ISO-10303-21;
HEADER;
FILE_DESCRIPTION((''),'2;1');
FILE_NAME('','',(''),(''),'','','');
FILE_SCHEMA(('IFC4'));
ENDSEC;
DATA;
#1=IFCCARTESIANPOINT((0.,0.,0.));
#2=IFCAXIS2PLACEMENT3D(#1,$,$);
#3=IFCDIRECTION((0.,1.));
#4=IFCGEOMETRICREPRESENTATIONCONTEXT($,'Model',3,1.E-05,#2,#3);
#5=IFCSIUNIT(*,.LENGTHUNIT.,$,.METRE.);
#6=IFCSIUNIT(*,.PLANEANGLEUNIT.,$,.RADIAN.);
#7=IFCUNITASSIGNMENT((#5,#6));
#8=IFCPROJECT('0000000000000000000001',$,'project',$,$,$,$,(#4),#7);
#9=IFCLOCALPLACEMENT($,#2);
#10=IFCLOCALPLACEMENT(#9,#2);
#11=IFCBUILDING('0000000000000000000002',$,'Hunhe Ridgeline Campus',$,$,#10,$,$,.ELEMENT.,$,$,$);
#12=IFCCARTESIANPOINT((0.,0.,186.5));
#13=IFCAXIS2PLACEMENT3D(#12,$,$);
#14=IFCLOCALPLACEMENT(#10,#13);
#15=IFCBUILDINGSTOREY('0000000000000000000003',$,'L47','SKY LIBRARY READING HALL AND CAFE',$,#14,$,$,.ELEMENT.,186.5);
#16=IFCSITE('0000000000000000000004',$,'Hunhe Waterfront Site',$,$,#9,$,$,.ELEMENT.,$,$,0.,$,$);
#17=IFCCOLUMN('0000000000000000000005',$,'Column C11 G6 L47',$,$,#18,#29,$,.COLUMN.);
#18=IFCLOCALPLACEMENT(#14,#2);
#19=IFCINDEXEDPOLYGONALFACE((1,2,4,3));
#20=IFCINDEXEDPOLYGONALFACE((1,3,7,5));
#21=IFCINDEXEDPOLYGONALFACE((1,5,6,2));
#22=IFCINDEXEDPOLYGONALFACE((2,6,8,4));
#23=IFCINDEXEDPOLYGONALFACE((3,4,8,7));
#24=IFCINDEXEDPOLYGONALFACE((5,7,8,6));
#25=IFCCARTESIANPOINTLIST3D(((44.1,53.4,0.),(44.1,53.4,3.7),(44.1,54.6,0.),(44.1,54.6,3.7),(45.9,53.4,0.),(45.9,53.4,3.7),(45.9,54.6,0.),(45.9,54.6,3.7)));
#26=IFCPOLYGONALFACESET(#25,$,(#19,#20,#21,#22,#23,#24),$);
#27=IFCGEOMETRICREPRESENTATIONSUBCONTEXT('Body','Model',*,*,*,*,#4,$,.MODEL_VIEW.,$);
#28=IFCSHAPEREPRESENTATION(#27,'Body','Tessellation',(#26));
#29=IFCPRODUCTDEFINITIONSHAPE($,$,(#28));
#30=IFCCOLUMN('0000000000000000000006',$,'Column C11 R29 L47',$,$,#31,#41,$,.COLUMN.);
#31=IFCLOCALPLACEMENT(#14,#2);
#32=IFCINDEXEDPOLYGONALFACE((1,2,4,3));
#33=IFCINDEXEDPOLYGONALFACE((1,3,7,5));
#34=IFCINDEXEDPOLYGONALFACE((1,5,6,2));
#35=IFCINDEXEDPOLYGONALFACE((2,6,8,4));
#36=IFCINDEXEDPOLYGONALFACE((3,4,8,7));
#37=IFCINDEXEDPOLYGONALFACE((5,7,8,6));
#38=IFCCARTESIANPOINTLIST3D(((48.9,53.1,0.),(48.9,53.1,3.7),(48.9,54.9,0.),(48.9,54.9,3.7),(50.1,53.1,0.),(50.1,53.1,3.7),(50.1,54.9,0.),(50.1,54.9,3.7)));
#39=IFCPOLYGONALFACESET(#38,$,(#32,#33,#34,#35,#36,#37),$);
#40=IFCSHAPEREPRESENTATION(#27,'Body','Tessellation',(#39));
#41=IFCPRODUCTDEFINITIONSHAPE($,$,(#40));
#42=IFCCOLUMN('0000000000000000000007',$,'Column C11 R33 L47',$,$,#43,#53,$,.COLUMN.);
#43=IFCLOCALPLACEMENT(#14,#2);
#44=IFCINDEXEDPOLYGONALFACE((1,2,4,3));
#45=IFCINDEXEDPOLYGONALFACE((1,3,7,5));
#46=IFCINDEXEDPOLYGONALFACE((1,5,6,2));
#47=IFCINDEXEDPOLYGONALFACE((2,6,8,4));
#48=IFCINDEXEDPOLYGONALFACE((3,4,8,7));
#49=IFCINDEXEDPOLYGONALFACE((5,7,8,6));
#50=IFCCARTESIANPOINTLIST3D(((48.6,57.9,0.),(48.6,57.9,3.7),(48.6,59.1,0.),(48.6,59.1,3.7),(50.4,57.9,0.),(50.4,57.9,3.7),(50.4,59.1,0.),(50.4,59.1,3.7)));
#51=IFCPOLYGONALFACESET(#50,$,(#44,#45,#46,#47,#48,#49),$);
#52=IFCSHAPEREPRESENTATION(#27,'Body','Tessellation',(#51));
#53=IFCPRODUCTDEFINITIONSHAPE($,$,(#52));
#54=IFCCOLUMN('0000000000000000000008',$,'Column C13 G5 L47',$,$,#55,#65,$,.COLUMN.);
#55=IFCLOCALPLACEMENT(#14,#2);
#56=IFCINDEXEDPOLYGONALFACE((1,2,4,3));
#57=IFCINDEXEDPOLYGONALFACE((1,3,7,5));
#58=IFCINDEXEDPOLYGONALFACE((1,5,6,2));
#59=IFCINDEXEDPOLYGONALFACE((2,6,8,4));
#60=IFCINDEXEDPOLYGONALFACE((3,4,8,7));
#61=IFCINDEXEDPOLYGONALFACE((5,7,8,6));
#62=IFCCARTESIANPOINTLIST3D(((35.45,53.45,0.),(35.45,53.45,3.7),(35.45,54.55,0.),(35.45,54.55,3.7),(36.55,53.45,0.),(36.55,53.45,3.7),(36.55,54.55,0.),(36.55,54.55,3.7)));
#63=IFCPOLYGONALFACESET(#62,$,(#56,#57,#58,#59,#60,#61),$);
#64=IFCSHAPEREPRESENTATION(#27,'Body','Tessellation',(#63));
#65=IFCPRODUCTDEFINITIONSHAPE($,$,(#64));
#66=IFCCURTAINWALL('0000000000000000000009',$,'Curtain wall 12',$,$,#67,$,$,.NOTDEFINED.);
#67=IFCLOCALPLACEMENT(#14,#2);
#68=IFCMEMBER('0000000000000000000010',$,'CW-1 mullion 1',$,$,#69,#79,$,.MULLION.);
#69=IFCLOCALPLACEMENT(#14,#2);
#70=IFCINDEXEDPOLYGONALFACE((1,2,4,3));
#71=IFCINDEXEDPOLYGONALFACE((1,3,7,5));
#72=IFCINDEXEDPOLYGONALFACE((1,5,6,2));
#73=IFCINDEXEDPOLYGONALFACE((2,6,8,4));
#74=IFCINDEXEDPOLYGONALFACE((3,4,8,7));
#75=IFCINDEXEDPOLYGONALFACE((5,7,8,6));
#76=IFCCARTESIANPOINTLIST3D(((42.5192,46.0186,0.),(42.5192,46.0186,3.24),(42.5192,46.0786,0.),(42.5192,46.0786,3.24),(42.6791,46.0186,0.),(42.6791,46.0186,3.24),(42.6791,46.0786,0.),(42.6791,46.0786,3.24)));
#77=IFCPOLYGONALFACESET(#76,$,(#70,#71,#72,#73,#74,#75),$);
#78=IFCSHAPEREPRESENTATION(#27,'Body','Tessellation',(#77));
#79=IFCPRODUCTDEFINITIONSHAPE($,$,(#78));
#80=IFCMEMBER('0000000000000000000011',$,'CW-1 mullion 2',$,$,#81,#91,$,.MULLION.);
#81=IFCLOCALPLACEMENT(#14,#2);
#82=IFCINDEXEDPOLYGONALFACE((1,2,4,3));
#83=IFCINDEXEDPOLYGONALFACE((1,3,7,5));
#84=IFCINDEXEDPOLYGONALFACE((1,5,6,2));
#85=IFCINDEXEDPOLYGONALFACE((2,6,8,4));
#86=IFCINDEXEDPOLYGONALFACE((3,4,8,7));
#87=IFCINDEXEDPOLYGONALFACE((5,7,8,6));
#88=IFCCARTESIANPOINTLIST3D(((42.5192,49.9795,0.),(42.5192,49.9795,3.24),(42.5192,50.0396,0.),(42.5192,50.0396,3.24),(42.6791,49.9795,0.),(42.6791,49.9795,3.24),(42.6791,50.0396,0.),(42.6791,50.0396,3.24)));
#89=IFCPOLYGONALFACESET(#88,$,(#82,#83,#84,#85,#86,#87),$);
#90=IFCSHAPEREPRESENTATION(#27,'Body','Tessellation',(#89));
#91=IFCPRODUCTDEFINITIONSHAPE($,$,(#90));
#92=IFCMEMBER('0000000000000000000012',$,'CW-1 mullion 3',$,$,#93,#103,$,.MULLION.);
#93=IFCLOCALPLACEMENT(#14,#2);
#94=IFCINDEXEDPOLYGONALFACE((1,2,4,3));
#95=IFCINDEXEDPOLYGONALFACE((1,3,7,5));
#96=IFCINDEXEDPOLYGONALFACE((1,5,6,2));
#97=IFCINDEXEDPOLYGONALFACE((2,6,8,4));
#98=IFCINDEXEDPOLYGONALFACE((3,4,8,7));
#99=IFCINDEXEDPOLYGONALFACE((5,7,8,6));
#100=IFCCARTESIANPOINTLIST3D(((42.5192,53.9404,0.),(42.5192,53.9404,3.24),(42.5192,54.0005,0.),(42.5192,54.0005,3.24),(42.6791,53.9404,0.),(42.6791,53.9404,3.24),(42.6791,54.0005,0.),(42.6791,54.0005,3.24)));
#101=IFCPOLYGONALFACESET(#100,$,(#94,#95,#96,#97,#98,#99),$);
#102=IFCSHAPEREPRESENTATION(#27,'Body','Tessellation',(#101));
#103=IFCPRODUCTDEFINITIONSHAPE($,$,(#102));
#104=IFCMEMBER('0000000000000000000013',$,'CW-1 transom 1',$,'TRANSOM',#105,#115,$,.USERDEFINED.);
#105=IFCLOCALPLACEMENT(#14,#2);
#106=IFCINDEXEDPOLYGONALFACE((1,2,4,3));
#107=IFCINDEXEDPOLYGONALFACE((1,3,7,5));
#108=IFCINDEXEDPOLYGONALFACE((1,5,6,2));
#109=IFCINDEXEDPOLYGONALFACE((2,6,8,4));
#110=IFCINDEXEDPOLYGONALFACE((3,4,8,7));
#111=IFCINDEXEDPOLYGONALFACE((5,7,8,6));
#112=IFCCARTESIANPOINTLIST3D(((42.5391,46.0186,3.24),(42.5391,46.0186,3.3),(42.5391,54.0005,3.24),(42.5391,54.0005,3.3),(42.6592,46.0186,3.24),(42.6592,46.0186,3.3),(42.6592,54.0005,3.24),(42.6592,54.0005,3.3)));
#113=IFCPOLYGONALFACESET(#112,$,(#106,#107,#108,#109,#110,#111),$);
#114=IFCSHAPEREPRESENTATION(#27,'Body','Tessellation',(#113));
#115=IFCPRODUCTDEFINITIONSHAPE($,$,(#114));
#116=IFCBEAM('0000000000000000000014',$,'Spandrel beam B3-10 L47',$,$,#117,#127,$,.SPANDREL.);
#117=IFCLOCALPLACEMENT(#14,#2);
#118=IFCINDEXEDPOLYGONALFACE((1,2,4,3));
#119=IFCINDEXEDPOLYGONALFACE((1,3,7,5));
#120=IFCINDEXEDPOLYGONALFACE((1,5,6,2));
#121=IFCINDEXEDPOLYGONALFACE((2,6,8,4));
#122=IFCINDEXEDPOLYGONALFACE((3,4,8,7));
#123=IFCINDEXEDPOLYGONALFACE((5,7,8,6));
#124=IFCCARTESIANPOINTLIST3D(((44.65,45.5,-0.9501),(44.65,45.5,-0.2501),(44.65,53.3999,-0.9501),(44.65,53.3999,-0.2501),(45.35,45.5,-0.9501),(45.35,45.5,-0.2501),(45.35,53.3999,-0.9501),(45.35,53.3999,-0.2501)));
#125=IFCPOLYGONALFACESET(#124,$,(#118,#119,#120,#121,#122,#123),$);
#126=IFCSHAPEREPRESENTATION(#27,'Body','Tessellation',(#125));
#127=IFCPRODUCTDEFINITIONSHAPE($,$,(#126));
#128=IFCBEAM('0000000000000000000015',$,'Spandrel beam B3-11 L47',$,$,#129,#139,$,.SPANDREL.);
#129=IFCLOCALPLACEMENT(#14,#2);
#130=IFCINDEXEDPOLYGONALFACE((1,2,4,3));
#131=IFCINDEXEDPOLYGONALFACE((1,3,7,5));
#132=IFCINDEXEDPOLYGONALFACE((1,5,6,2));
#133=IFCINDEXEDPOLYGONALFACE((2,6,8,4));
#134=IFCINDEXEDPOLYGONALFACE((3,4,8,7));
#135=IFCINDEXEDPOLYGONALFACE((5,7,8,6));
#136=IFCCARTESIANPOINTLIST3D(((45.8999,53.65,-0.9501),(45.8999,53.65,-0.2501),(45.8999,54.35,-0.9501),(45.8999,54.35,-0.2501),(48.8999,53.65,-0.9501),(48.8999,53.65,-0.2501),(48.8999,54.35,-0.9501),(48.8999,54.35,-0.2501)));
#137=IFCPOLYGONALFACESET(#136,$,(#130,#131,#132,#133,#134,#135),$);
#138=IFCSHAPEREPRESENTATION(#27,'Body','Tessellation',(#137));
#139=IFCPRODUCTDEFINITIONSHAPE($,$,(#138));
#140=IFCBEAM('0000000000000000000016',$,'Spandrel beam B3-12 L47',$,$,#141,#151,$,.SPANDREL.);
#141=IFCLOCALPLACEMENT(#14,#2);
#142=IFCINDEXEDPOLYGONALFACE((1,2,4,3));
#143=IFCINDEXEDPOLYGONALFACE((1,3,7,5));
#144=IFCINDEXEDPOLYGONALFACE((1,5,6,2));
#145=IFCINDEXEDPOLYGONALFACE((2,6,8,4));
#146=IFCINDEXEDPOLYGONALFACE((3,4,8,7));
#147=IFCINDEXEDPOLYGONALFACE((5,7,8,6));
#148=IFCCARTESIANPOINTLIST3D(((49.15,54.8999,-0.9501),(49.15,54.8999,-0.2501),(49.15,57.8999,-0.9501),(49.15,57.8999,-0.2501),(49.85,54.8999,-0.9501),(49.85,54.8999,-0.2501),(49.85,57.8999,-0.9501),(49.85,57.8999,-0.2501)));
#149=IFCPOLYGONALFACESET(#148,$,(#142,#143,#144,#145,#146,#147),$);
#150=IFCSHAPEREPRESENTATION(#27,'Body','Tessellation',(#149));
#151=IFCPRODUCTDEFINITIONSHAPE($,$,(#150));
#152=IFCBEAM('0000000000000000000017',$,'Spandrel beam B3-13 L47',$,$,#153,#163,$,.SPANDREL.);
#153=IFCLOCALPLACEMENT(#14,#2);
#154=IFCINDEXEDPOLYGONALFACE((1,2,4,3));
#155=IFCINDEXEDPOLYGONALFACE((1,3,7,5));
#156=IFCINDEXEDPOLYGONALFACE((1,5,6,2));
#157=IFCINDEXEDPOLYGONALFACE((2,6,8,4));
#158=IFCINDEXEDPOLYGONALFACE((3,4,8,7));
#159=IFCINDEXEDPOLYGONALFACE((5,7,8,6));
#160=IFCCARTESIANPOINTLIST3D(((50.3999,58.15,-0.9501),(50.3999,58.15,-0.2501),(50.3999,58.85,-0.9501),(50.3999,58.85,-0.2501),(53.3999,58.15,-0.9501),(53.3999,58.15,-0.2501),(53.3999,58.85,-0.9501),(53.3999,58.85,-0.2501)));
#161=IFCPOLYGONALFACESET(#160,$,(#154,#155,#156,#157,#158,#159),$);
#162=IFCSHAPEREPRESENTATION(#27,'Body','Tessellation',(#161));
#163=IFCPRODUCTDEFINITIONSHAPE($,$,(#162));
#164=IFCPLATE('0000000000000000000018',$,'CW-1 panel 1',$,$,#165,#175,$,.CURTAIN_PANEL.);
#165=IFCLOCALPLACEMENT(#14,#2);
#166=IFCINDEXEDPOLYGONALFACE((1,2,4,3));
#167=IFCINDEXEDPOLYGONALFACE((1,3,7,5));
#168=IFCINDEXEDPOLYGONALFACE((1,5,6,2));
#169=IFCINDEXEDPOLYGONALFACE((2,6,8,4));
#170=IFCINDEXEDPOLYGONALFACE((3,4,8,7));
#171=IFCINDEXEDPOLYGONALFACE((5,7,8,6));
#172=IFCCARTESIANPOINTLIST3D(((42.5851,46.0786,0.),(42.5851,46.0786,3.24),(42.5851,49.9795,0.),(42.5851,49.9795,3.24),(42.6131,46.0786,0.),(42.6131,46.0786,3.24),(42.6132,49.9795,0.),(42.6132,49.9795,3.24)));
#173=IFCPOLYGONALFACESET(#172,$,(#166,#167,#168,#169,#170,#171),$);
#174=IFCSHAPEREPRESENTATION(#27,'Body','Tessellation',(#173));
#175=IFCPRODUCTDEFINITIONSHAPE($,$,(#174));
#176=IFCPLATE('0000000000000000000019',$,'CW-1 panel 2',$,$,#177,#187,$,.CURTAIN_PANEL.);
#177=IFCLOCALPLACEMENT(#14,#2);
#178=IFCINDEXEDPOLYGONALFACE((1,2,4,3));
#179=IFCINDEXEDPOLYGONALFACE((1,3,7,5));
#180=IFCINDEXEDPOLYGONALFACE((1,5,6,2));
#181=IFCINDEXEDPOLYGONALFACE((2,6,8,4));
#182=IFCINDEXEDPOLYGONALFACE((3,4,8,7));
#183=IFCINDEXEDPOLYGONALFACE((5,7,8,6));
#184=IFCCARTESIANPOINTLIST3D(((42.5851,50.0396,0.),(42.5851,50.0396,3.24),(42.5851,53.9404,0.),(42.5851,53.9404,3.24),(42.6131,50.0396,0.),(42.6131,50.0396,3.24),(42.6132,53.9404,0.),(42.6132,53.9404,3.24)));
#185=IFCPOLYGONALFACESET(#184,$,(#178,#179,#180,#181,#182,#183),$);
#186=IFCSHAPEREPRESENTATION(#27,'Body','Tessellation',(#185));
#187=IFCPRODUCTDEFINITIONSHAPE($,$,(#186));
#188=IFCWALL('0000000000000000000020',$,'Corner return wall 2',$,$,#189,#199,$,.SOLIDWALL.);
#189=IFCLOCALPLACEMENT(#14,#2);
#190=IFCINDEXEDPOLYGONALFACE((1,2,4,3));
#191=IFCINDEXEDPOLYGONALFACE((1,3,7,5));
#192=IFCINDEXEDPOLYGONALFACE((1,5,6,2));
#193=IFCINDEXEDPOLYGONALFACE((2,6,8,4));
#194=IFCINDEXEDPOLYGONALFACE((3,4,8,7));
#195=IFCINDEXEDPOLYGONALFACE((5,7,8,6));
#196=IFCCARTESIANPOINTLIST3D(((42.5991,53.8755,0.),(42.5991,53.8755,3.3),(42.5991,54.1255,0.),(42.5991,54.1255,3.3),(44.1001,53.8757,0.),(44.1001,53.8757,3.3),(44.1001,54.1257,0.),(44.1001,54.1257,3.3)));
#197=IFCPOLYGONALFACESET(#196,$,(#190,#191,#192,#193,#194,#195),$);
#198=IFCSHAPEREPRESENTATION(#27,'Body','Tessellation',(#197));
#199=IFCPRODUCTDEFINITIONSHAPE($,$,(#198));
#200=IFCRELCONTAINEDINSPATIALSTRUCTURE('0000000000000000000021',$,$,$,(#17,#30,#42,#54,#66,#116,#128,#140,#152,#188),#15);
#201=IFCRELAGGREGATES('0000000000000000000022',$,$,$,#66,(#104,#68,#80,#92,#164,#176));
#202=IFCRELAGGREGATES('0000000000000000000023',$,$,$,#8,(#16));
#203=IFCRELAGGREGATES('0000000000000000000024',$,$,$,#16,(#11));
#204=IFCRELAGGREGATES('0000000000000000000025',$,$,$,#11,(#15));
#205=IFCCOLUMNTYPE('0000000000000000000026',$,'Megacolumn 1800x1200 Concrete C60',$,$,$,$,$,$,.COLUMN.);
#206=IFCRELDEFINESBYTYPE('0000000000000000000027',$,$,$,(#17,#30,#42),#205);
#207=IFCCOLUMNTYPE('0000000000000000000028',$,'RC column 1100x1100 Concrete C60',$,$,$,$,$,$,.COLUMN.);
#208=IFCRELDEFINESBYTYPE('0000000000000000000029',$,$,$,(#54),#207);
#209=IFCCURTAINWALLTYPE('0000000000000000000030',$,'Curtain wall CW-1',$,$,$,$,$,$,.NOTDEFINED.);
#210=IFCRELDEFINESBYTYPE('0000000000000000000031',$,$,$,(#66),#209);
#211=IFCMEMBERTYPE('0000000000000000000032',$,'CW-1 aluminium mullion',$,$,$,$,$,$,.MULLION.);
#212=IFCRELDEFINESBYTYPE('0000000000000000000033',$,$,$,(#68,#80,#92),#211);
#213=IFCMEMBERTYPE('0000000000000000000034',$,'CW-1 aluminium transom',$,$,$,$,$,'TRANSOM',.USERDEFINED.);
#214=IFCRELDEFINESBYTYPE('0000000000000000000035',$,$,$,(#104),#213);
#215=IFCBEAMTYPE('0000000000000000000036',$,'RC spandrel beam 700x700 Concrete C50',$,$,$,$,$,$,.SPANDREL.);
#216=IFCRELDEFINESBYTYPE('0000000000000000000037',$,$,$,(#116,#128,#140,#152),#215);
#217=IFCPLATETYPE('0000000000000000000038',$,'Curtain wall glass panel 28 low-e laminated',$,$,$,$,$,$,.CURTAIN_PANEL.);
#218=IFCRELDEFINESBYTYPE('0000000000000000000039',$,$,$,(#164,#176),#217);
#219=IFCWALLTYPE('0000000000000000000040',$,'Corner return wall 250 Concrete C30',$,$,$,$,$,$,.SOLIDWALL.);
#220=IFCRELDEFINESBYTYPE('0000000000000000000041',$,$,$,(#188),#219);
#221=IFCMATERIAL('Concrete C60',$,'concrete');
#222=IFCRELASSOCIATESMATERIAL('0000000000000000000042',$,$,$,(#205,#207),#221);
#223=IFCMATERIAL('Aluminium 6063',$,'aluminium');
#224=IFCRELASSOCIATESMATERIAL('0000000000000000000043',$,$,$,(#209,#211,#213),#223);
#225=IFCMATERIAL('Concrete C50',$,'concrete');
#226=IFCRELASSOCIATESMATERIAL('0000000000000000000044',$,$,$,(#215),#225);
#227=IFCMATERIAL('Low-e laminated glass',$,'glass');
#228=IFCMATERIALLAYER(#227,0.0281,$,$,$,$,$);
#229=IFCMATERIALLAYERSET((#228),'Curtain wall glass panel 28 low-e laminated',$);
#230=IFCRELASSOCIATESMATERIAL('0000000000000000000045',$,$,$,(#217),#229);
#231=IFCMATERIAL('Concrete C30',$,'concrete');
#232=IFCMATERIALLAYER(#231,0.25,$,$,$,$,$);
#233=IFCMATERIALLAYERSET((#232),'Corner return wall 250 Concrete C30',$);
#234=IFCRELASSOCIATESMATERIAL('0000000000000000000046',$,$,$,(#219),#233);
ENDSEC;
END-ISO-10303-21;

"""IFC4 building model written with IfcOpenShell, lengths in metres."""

from ifc_helpers import new_model, si_unit, direction, frame, frame_2d, origin, origin_2d, place, context, subcontext, project, spatial, rectangle, extrude, material, layer, layer_set, material_profile, profile_set, type_object, element, aggregate, save


model = new_model("IFC4")

# Units and contexts
model_context = context("Model", 3, precision=1e-05, world=origin(), true_north=direction((0.0, 1.0)))
body_context = subcontext(model_context, "Body", "Model", "MODEL_VIEW")
ifc_project = project(units=[si_unit("LENGTHUNIT", "METRE"), si_unit("PLANEANGLEUNIT", "RADIAN")], contexts=[model_context])

# Site, building, storey
site_placement = place(None, origin())
site = spatial("IfcSite", under=ifc_project, at=site_placement, Name="Hunhe Waterfront Site", CompositionType="ELEMENT", RefElevation=0.0)
building_placement = place(site_placement, origin())
building = spatial("IfcBuilding", under=site, at=building_placement, Name="Hunhe Ridgeline Campus", CompositionType="ELEMENT")
storey_placement = place(building_placement, frame((0.0, 0.0, 186.5)))
storey = spatial("IfcBuildingStorey", under=building, at=storey_placement, Name="L47", Description="SKY LIBRARY READING HALL AND CAFE", CompositionType="ELEMENT", Elevation=186.5)

# Columns
ifc_material_1 = material(Name="Concrete C60", Category="concrete")
ifc_material_profile_1 = material_profile(ifc_material_1, rectangle(XDim=1.8, YDim=1.2, at=origin_2d()))
ifc_profile_set_1 = profile_set([ifc_material_profile_1], Name="Concrete C60")
column_type_1 = type_object("IfcColumnType", Name="Megacolumn 1800x1200 Concrete C60", PredefinedType="COLUMN", material=ifc_profile_set_1)
for number, where, z_axis, x_axis, name in (
    (1, (45.0, 54.0, 0.0), (0.0, 0.0, 1.0), (1.0, 0.0, 0.0), "Column C11 G6 L47"),
    (2, (49.5, 54.0, 0.0), (0.0, 0.0, 1.0), (0.0, 1.0, 0.0), "Column C11 R29 L47"),
    (3, (49.5, 58.5, 0.0), (0.0, 0.0, 1.0), (1.0, 0.0, 0.0), "Column C11 R33 L47"),
):
    element("IfcColumn", number, at=place(storey_placement, frame(where, z_axis=z_axis, x_axis=x_axis)), inside=storey, type_object=column_type_1, Name=name, PredefinedType="COLUMN", context=body_context, shape_type="SweptSolid", body=[
        extrude(rectangle(XDim=1.8, YDim=1.2, at=origin_2d()), origin(), (0.0, 0.0, 1.0), 3.7),
    ])
ifc_material_profile_2 = material_profile(ifc_material_1, rectangle(XDim=1.1001, YDim=1.1001, at=origin_2d()))
ifc_profile_set_2 = profile_set([ifc_material_profile_2], Name="Concrete C60")
column_type_2 = type_object("IfcColumnType", Name="RC column 1100x1100 Concrete C60", PredefinedType="COLUMN", material=ifc_profile_set_2)
column_placement = place(storey_placement, frame((36.0, 54.0, 0.0), z_axis=(0.0, 0.0, 1.0), x_axis=(1.0, 0.0, 0.0)))
element("IfcColumn", 4, at=column_placement, inside=storey, type_object=column_type_2, Name="Column C13 G5 L47", PredefinedType="COLUMN", context=body_context, shape_type="SweptSolid", body=[
    extrude(rectangle(XDim=1.1001, YDim=1.1001, at=origin_2d()), origin(), (0.0, 0.0, 1.0), 3.7),
])

# Curtain wall, members
ifc_material_2 = material(Name="Aluminium 6063", Category="aluminium")
curtain_wall_type = type_object("IfcCurtainWallType", Name="Curtain wall CW-1", PredefinedType="NOTDEFINED", material=ifc_material_2)
curtain_wall_placement = place(storey_placement, origin())
curtain_wall = element("IfcCurtainWall", 5, at=curtain_wall_placement, inside=storey, type_object=curtain_wall_type, Name="Curtain wall 12", PredefinedType="NOTDEFINED")
ifc_material_profile_3 = material_profile(ifc_material_2, rectangle(XDim=0.1599, YDim=0.0601, at=origin_2d()))
ifc_profile_set_3 = profile_set([ifc_material_profile_3], Name="Aluminium 6063")
member_type_1 = type_object("IfcMemberType", Name="CW-1 aluminium mullion", PredefinedType="MULLION", material=ifc_profile_set_3)
member_1_placement = place(storey_placement, frame((42.5991, 46.0486, 0.0), z_axis=(0.0, 0.0, 1.0), x_axis=(-1.0, 0.000007, 0.0)))
member_1 = element("IfcMember", 6, at=member_1_placement, type_object=member_type_1, Name="CW-1 mullion 1", PredefinedType="MULLION", context=body_context, shape_type="SweptSolid", body=[
    extrude(rectangle(XDim=0.1599, YDim=0.0601, at=origin_2d()), origin(), (0.0, 0.0, 1.0), 3.24),
])
member_2_placement = place(storey_placement, frame((42.5991, 50.0095, 0.0), z_axis=(0.0, 0.0, 1.0), x_axis=(-1.0, 0.000007, 0.0)))
member_2 = element("IfcMember", 7, at=member_2_placement, type_object=member_type_1, Name="CW-1 mullion 2", PredefinedType="MULLION", context=body_context, shape_type="SweptSolid", body=[
    extrude(rectangle(XDim=0.1599, YDim=0.0601, at=origin_2d()), origin(), (0.0, 0.0, 1.0), 3.24),
])
member_3_placement = place(storey_placement, frame((42.5991, 53.9705, 0.0), z_axis=(0.0, 0.0, 1.0), x_axis=(-1.0, 0.000007, 0.0)))
member_3 = element("IfcMember", 8, at=member_3_placement, type_object=member_type_1, Name="CW-1 mullion 3", PredefinedType="MULLION", context=body_context, shape_type="SweptSolid", body=[
    extrude(rectangle(XDim=0.1599, YDim=0.0601, at=origin_2d()), origin(), (0.0, 0.0, 1.0), 3.24),
])
ifc_material_profile_4 = material_profile(ifc_material_2, rectangle(XDim=0.1201, YDim=0.0601, at=origin_2d()))
ifc_profile_set_4 = profile_set([ifc_material_profile_4], Name="Aluminium 6063")
member_type_2 = type_object("IfcMemberType", Name="CW-1 aluminium transom", ElementType="TRANSOM", PredefinedType="USERDEFINED", material=ifc_profile_set_4)
member_4_placement = place(storey_placement, frame((42.5991, 46.0186, 3.27), z_axis=(0.0, 1.0, 0.0), x_axis=(-1.0, 0.0, 0.0)))
member_4 = element("IfcMember", 9, at=member_4_placement, type_object=member_type_2, Name="CW-1 transom 1", ObjectType="TRANSOM", PredefinedType="USERDEFINED", context=body_context, shape_type="SweptSolid", body=[
    extrude(rectangle(XDim=0.1201, YDim=0.0601, at=origin_2d()), origin(), (0.0, 0.0, 1.0), 7.9819),
])

# Beams
ifc_material_3 = material(Name="Concrete C50", Category="concrete")
ifc_material_profile_5 = material_profile(ifc_material_3, rectangle(XDim=0.7, YDim=0.7, at=origin_2d()))
ifc_profile_set_5 = profile_set([ifc_material_profile_5], Name="Concrete C50")
beam_type = type_object("IfcBeamType", Name="RC spandrel beam 700x700 Concrete C50", PredefinedType="SPANDREL", material=ifc_profile_set_5)
beam_placement = place(storey_placement, frame((45.0, 45.5, -0.6001), z_axis=(0.0, 1.0, 0.0), x_axis=(-1.0, 0.0, 0.0)))
element("IfcBeam", 10, at=beam_placement, inside=storey, type_object=beam_type, Name="Spandrel beam B3-10 L47", PredefinedType="SPANDREL", context=body_context, shape_type="SweptSolid", body=[
    extrude(rectangle(XDim=0.7, YDim=0.7, at=origin_2d()), origin(), (0.0, 0.0, 1.0), 7.8999),
])
for number, where, z_axis, x_axis, name in (
    (11, (45.8999, 54.0, -0.6001), (1.0, 0.0, 0.0), (0.0, 1.0, 0.0), "Spandrel beam B3-11 L47"),
    (12, (49.5, 54.8999, -0.6001), (0.0, 1.0, 0.0), (-1.0, 0.0, 0.0), "Spandrel beam B3-12 L47"),
    (13, (50.3999, 58.5, -0.6001), (1.0, 0.0, 0.0), (0.0, 1.0, 0.0), "Spandrel beam B3-13 L47"),
):
    element("IfcBeam", number, at=place(storey_placement, frame(where, z_axis=z_axis, x_axis=x_axis)), inside=storey, type_object=beam_type, Name=name, PredefinedType="SPANDREL", context=body_context, shape_type="SweptSolid", body=[
        extrude(rectangle(XDim=0.7, YDim=0.7, at=origin_2d()), origin(), (0.0, 0.0, 1.0), 3.0),
    ])

# Plates
ifc_material_4 = material(Name="Low-e laminated glass", Category="glass")
ifc_layer_1 = layer(ifc_material_4, 0.0281)
ifc_layer_set_1 = layer_set([ifc_layer_1], Name="Curtain wall glass panel 28 low-e laminated")
plate_type = type_object("IfcPlateType", Name="Curtain wall glass panel 28 low-e laminated", PredefinedType="CURTAIN_PANEL", material=ifc_layer_set_1)
plate_1_placement = place(storey_placement, frame((42.5991, 48.0291, 0.0), z_axis=(0.0, 0.0, 1.0), x_axis=(0.000007, 1.0, 0.0)))
plate_1 = element("IfcPlate", 14, at=plate_1_placement, type_object=plate_type, Name="CW-1 panel 1", PredefinedType="CURTAIN_PANEL", context=body_context, shape_type="SweptSolid", body=[
    extrude(rectangle(XDim=3.9009, YDim=0.0281, at=origin_2d()), origin(), (0.0, 0.0, 1.0), 3.24),
])
plate_2_placement = place(storey_placement, frame((42.5991, 51.99, 0.0), z_axis=(0.0, 0.0, 1.0), x_axis=(0.000007, 1.0, 0.0)))
plate_2 = element("IfcPlate", 15, at=plate_2_placement, type_object=plate_type, Name="CW-1 panel 2", PredefinedType="CURTAIN_PANEL", context=body_context, shape_type="SweptSolid", body=[
    extrude(rectangle(XDim=3.9009, YDim=0.0281, at=origin_2d()), origin(), (0.0, 0.0, 1.0), 3.24),
])
aggregate(curtain_wall, [member_4, member_1, member_2, member_3, plate_1, plate_2])

# Wall
ifc_material_5 = material(Name="Concrete C30", Category="concrete")
ifc_layer_2 = layer(ifc_material_5, 0.25)
ifc_layer_set_2 = layer_set([ifc_layer_2], Name="Corner return wall 250 Concrete C30")
wall_type_1 = type_object("IfcWallType", Name="Corner return wall 250 Concrete C30", PredefinedType="SOLIDWALL", material=ifc_layer_set_2)
wall_1_placement = place(storey_placement, frame((42.5991, 54.0005, 0.0), z_axis=(0.0, 0.0, 1.0), x_axis=(1.0, 0.000163, 0.0)))
element("IfcWall", 16, at=wall_1_placement, inside=storey, type_object=wall_type_1, Name="Corner return wall 2", PredefinedType="SOLIDWALL", context=body_context, shape_type="SweptSolid", body=[
    extrude(rectangle(XDim=1.501, YDim=0.25, at=frame_2d((0.7505, 0.0))), origin(), (0.0, 0.0, 1.0), 3.3),
])

save(model, "model.ifc")
